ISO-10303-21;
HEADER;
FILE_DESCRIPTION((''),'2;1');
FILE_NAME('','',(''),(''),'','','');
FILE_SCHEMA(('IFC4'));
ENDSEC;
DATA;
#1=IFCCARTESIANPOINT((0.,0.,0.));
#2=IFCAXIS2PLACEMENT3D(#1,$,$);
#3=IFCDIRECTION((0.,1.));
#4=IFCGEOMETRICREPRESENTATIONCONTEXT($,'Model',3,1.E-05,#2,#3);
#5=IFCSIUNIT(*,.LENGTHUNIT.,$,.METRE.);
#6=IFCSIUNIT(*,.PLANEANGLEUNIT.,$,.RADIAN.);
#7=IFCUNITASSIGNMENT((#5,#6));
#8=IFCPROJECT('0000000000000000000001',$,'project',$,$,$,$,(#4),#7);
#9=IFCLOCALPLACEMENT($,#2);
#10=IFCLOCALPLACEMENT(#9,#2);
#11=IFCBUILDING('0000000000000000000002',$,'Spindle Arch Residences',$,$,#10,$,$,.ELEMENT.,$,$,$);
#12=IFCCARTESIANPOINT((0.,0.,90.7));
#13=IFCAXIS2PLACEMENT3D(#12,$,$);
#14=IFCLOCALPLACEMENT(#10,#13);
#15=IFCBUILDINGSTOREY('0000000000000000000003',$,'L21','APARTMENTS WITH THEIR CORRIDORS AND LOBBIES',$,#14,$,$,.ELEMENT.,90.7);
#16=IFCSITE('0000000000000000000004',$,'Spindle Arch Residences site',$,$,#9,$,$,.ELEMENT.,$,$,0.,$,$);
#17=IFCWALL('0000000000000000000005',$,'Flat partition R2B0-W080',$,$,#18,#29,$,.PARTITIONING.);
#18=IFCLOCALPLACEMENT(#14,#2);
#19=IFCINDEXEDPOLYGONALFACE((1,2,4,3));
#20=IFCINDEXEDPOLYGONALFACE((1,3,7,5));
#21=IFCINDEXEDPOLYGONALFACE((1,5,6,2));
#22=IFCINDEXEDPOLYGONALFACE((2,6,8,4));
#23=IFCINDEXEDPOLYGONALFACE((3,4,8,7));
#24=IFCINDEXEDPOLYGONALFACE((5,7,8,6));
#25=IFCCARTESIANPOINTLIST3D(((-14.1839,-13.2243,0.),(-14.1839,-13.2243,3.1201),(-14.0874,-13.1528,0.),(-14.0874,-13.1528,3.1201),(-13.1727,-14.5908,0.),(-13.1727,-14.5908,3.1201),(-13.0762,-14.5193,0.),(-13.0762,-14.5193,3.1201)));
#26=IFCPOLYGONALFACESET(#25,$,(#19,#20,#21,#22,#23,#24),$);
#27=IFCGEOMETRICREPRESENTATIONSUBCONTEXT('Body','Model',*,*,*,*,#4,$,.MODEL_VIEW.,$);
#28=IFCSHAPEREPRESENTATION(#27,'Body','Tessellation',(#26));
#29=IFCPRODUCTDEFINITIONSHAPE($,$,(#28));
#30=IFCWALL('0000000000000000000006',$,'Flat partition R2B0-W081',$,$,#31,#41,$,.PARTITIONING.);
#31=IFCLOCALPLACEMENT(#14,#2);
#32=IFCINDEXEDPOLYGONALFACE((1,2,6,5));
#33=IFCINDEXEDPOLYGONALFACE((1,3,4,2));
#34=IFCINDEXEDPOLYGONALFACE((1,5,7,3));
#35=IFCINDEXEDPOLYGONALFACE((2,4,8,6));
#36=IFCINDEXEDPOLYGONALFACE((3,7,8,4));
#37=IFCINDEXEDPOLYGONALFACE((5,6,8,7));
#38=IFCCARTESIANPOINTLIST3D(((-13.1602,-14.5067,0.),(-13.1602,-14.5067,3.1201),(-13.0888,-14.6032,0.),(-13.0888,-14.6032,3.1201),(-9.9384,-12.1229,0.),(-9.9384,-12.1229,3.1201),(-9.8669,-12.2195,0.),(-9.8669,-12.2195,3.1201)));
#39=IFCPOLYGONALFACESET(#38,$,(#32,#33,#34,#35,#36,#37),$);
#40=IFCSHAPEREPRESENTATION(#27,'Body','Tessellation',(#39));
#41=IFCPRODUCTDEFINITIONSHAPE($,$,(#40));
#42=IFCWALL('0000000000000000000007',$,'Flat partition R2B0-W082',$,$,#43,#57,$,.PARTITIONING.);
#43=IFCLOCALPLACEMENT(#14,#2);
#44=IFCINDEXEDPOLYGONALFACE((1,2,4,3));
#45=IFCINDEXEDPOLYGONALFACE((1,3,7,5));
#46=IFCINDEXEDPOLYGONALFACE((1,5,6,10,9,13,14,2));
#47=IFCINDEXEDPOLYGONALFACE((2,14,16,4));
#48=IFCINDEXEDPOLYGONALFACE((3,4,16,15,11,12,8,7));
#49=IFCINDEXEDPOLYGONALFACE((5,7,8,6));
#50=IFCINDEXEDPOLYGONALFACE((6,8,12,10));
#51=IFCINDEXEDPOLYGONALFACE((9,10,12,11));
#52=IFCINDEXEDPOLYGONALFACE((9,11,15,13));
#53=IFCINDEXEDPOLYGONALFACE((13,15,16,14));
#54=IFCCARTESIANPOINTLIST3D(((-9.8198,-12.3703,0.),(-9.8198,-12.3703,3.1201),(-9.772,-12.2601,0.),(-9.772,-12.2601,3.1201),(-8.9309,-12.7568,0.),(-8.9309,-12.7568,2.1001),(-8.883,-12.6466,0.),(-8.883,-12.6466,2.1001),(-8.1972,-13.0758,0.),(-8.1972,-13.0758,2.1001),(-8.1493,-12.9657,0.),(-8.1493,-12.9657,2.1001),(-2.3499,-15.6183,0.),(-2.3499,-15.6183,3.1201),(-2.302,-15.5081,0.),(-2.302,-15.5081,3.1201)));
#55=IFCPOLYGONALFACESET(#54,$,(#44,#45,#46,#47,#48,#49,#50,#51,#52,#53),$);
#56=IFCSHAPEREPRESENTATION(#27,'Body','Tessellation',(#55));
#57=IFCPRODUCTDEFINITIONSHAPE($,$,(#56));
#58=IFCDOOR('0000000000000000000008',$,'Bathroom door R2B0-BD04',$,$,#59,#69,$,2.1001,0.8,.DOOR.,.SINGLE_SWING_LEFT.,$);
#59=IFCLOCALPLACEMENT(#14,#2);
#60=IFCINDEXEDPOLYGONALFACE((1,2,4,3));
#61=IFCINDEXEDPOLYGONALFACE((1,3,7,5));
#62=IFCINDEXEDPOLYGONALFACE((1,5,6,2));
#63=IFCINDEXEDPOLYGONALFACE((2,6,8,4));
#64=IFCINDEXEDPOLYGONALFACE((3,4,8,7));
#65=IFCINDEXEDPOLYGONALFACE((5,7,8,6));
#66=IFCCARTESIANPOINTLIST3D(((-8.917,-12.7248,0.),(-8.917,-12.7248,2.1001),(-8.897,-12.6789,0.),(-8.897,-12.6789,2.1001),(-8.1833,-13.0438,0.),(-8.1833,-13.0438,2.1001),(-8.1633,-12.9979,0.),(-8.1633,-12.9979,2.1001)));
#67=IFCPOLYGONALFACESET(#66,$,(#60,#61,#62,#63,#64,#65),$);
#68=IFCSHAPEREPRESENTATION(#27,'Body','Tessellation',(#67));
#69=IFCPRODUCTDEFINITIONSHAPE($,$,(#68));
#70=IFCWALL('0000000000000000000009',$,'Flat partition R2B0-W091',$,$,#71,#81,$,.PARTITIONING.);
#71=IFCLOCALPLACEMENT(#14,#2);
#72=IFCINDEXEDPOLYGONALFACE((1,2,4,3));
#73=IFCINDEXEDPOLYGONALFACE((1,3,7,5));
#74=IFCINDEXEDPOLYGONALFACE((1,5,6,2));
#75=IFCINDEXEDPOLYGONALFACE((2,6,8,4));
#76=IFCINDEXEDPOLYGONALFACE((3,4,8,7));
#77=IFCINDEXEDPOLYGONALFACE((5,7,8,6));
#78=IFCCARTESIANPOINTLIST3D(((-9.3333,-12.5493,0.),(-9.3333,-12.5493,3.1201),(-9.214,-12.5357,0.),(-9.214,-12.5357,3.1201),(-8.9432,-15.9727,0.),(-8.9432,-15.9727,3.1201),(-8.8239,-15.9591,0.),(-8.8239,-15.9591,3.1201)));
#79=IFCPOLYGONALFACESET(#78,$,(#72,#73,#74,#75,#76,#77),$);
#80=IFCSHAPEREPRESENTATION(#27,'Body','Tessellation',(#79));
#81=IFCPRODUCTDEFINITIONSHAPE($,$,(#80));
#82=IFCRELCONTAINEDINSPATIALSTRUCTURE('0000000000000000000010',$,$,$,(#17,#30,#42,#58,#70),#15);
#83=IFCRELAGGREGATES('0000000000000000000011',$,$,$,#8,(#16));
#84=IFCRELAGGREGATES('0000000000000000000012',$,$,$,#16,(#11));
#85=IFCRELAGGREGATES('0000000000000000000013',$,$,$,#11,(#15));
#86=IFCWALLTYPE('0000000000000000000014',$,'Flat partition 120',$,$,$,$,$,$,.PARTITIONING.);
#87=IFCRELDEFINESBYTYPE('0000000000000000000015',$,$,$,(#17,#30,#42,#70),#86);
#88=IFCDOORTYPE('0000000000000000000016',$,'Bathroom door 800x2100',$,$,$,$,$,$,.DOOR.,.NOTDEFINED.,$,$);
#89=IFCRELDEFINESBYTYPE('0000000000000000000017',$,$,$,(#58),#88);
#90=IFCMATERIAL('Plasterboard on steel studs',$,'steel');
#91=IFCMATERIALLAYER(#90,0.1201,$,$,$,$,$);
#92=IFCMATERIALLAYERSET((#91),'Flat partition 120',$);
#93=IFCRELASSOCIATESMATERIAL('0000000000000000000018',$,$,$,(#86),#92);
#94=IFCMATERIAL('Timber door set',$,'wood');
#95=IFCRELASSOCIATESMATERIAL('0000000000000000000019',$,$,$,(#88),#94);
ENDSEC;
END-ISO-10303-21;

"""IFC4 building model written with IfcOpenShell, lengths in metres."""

from ifc_helpers import new_model, si_unit, direction, frame, frame_2d, origin, place, context, subcontext, project, spatial, rectangle, extrude, material, layer, layer_set, type_object, element, fill, save


model = new_model("IFC4")

# Units and contexts
model_context = context("Model", 3, precision=1e-05, world=origin(), true_north=direction((0.0, 1.0)))
body_context = subcontext(model_context, "Body", "Model", "MODEL_VIEW")
ifc_project = project(units=[si_unit("LENGTHUNIT", "METRE"), si_unit("PLANEANGLEUNIT", "RADIAN")], contexts=[model_context])

# Site, building, storey
site_placement = place(None, origin())
site = spatial("IfcSite", under=ifc_project, at=site_placement, Name="Spindle Arch Residences site", CompositionType="ELEMENT", RefElevation=0.0)
building_placement = place(site_placement, origin())
building = spatial("IfcBuilding", under=site, at=building_placement, Name="Spindle Arch Residences", CompositionType="ELEMENT")
storey_placement = place(building_placement, frame((0.0, 0.0, 90.7)))
storey = spatial("IfcBuildingStorey", under=building, at=storey_placement, Name="L21", Description="APARTMENTS WITH THEIR CORRIDORS AND LOBBIES", CompositionType="ELEMENT", Elevation=90.7)

# Shared definitions
ifc_material_1 = material(Name="Plasterboard on steel studs", Category="steel")
ifc_layer_1 = layer(ifc_material_1, 0.1201)
ifc_layer_set_1 = layer_set([ifc_layer_1], Name="Flat partition 120")
wall_type_1 = type_object("IfcWallType", Name="Flat partition 120", PredefinedType="PARTITIONING", material=ifc_layer_set_1)

# Walls
wall_1_placement = place(storey_placement, frame((-14.1357, -13.1885, 0.0), z_axis=(0.0, 0.0, 1.0), x_axis=(0.594863, -0.803827, 0.0)))
element("IfcWall", 1, at=wall_1_placement, inside=storey, type_object=wall_type_1, Name="Flat partition R2B0-W080", PredefinedType="PARTITIONING", context=body_context, shape_type="SweptSolid", body=[
    extrude(rectangle(XDim=1.7, YDim=0.1201, at=frame_2d((0.8501, 0.0))), origin(), (0.0, 0.0, 1.0), 3.1201),
])
wall_2_placement = place(storey_placement, frame((-13.1245, -14.5549, 0.0), z_axis=(0.0, 0.0, 1.0), x_axis=(0.803894, 0.594773, 0.0)))
element("IfcWall", 2, at=wall_2_placement, inside=storey, type_object=wall_type_1, Name="Flat partition R2B0-W081", PredefinedType="PARTITIONING", context=body_context, shape_type="SweptSolid", body=[
    extrude(rectangle(XDim=4.0078, YDim=0.1201, at=frame_2d((2.0039, 0.0))), origin(), (0.0, 0.0, 1.0), 3.1201),
])

# Wall, opening, door
wall_3_placement = place(storey_placement, frame((-9.7959, -12.3152, 0.0), z_axis=(0.0, 0.0, 1.0), x_axis=(0.91706, -0.39875, 0.0)))
wall_3 = element("IfcWall", 3, at=wall_3_placement, inside=storey, type_object=wall_type_1, Name="Flat partition R2B0-W082", PredefinedType="PARTITIONING", context=body_context, shape_type="SweptSolid", body=[
    extrude(rectangle(XDim=8.1455, YDim=0.1201, at=frame_2d((4.0728, 0.0))), origin(), (0.0, 0.0, 1.0), 3.1201),
])
opening_1_placement = place(wall_3_placement, frame((0.9695, 0.0, 0.0)))
opening_1 = element("IfcOpeningElement", 4, at=opening_1_placement, cuts=wall_3, PredefinedType="OPENING", context=body_context, shape_type="SweptSolid", body=[
    extrude(rectangle(XDim=0.8, YDim=2.1001, at=frame_2d((0.3999, 1.05))), frame((0.0, 0.0701, 0.0), z_axis=(0.0, -1.0, 0.0), x_axis=(1.0, 0.0, 0.0)), (0.0, 0.0, 1.0), 0.1401),
])
ifc_material_2 = material(Name="Timber door set", Category="wood")
door_type_1 = type_object("IfcDoorType", Name="Bathroom door 800x2100", OperationType="NOTDEFINED", PredefinedType="DOOR", material=ifc_material_2)
door_1_placement = place(opening_1_placement, origin())
door_1 = element("IfcDoor", 5, at=door_1_placement, inside=storey, type_object=door_type_1, Name="Bathroom door R2B0-BD04", OperationType="SINGLE_SWING_LEFT", OverallHeight=2.1001, OverallWidth=0.8, PredefinedType="DOOR", context=body_context, shape_type="SweptSolid", body=[
    extrude(rectangle(XDim=0.8, YDim=2.1001, at=frame_2d((0.3999, 1.05))), frame((0.0, 0.0249, 0.0), z_axis=(0.0, -1.0, 0.0), x_axis=(1.0, 0.0, 0.0)), (0.0, 0.0, 1.0), 0.05),
])
fill(opening_1, door_1)

# Wall
wall_4_placement = place(storey_placement, frame((-8.8835, -15.9658, 0.0), z_axis=(0.0, 0.0, 1.0), x_axis=(-0.113231, 0.993569, 0.0)))
element("IfcWall", 6, at=wall_4_placement, inside=storey, type_object=wall_type_1, Name="Flat partition R2B0-W091", PredefinedType="PARTITIONING", context=body_context, shape_type="SweptSolid", body=[
    extrude(rectangle(XDim=3.4456, YDim=0.1201, at=frame_2d((1.7227, 0.0))), origin(), (0.0, 0.0, 1.0), 3.1201),
])

save(model, "model.ifc")
